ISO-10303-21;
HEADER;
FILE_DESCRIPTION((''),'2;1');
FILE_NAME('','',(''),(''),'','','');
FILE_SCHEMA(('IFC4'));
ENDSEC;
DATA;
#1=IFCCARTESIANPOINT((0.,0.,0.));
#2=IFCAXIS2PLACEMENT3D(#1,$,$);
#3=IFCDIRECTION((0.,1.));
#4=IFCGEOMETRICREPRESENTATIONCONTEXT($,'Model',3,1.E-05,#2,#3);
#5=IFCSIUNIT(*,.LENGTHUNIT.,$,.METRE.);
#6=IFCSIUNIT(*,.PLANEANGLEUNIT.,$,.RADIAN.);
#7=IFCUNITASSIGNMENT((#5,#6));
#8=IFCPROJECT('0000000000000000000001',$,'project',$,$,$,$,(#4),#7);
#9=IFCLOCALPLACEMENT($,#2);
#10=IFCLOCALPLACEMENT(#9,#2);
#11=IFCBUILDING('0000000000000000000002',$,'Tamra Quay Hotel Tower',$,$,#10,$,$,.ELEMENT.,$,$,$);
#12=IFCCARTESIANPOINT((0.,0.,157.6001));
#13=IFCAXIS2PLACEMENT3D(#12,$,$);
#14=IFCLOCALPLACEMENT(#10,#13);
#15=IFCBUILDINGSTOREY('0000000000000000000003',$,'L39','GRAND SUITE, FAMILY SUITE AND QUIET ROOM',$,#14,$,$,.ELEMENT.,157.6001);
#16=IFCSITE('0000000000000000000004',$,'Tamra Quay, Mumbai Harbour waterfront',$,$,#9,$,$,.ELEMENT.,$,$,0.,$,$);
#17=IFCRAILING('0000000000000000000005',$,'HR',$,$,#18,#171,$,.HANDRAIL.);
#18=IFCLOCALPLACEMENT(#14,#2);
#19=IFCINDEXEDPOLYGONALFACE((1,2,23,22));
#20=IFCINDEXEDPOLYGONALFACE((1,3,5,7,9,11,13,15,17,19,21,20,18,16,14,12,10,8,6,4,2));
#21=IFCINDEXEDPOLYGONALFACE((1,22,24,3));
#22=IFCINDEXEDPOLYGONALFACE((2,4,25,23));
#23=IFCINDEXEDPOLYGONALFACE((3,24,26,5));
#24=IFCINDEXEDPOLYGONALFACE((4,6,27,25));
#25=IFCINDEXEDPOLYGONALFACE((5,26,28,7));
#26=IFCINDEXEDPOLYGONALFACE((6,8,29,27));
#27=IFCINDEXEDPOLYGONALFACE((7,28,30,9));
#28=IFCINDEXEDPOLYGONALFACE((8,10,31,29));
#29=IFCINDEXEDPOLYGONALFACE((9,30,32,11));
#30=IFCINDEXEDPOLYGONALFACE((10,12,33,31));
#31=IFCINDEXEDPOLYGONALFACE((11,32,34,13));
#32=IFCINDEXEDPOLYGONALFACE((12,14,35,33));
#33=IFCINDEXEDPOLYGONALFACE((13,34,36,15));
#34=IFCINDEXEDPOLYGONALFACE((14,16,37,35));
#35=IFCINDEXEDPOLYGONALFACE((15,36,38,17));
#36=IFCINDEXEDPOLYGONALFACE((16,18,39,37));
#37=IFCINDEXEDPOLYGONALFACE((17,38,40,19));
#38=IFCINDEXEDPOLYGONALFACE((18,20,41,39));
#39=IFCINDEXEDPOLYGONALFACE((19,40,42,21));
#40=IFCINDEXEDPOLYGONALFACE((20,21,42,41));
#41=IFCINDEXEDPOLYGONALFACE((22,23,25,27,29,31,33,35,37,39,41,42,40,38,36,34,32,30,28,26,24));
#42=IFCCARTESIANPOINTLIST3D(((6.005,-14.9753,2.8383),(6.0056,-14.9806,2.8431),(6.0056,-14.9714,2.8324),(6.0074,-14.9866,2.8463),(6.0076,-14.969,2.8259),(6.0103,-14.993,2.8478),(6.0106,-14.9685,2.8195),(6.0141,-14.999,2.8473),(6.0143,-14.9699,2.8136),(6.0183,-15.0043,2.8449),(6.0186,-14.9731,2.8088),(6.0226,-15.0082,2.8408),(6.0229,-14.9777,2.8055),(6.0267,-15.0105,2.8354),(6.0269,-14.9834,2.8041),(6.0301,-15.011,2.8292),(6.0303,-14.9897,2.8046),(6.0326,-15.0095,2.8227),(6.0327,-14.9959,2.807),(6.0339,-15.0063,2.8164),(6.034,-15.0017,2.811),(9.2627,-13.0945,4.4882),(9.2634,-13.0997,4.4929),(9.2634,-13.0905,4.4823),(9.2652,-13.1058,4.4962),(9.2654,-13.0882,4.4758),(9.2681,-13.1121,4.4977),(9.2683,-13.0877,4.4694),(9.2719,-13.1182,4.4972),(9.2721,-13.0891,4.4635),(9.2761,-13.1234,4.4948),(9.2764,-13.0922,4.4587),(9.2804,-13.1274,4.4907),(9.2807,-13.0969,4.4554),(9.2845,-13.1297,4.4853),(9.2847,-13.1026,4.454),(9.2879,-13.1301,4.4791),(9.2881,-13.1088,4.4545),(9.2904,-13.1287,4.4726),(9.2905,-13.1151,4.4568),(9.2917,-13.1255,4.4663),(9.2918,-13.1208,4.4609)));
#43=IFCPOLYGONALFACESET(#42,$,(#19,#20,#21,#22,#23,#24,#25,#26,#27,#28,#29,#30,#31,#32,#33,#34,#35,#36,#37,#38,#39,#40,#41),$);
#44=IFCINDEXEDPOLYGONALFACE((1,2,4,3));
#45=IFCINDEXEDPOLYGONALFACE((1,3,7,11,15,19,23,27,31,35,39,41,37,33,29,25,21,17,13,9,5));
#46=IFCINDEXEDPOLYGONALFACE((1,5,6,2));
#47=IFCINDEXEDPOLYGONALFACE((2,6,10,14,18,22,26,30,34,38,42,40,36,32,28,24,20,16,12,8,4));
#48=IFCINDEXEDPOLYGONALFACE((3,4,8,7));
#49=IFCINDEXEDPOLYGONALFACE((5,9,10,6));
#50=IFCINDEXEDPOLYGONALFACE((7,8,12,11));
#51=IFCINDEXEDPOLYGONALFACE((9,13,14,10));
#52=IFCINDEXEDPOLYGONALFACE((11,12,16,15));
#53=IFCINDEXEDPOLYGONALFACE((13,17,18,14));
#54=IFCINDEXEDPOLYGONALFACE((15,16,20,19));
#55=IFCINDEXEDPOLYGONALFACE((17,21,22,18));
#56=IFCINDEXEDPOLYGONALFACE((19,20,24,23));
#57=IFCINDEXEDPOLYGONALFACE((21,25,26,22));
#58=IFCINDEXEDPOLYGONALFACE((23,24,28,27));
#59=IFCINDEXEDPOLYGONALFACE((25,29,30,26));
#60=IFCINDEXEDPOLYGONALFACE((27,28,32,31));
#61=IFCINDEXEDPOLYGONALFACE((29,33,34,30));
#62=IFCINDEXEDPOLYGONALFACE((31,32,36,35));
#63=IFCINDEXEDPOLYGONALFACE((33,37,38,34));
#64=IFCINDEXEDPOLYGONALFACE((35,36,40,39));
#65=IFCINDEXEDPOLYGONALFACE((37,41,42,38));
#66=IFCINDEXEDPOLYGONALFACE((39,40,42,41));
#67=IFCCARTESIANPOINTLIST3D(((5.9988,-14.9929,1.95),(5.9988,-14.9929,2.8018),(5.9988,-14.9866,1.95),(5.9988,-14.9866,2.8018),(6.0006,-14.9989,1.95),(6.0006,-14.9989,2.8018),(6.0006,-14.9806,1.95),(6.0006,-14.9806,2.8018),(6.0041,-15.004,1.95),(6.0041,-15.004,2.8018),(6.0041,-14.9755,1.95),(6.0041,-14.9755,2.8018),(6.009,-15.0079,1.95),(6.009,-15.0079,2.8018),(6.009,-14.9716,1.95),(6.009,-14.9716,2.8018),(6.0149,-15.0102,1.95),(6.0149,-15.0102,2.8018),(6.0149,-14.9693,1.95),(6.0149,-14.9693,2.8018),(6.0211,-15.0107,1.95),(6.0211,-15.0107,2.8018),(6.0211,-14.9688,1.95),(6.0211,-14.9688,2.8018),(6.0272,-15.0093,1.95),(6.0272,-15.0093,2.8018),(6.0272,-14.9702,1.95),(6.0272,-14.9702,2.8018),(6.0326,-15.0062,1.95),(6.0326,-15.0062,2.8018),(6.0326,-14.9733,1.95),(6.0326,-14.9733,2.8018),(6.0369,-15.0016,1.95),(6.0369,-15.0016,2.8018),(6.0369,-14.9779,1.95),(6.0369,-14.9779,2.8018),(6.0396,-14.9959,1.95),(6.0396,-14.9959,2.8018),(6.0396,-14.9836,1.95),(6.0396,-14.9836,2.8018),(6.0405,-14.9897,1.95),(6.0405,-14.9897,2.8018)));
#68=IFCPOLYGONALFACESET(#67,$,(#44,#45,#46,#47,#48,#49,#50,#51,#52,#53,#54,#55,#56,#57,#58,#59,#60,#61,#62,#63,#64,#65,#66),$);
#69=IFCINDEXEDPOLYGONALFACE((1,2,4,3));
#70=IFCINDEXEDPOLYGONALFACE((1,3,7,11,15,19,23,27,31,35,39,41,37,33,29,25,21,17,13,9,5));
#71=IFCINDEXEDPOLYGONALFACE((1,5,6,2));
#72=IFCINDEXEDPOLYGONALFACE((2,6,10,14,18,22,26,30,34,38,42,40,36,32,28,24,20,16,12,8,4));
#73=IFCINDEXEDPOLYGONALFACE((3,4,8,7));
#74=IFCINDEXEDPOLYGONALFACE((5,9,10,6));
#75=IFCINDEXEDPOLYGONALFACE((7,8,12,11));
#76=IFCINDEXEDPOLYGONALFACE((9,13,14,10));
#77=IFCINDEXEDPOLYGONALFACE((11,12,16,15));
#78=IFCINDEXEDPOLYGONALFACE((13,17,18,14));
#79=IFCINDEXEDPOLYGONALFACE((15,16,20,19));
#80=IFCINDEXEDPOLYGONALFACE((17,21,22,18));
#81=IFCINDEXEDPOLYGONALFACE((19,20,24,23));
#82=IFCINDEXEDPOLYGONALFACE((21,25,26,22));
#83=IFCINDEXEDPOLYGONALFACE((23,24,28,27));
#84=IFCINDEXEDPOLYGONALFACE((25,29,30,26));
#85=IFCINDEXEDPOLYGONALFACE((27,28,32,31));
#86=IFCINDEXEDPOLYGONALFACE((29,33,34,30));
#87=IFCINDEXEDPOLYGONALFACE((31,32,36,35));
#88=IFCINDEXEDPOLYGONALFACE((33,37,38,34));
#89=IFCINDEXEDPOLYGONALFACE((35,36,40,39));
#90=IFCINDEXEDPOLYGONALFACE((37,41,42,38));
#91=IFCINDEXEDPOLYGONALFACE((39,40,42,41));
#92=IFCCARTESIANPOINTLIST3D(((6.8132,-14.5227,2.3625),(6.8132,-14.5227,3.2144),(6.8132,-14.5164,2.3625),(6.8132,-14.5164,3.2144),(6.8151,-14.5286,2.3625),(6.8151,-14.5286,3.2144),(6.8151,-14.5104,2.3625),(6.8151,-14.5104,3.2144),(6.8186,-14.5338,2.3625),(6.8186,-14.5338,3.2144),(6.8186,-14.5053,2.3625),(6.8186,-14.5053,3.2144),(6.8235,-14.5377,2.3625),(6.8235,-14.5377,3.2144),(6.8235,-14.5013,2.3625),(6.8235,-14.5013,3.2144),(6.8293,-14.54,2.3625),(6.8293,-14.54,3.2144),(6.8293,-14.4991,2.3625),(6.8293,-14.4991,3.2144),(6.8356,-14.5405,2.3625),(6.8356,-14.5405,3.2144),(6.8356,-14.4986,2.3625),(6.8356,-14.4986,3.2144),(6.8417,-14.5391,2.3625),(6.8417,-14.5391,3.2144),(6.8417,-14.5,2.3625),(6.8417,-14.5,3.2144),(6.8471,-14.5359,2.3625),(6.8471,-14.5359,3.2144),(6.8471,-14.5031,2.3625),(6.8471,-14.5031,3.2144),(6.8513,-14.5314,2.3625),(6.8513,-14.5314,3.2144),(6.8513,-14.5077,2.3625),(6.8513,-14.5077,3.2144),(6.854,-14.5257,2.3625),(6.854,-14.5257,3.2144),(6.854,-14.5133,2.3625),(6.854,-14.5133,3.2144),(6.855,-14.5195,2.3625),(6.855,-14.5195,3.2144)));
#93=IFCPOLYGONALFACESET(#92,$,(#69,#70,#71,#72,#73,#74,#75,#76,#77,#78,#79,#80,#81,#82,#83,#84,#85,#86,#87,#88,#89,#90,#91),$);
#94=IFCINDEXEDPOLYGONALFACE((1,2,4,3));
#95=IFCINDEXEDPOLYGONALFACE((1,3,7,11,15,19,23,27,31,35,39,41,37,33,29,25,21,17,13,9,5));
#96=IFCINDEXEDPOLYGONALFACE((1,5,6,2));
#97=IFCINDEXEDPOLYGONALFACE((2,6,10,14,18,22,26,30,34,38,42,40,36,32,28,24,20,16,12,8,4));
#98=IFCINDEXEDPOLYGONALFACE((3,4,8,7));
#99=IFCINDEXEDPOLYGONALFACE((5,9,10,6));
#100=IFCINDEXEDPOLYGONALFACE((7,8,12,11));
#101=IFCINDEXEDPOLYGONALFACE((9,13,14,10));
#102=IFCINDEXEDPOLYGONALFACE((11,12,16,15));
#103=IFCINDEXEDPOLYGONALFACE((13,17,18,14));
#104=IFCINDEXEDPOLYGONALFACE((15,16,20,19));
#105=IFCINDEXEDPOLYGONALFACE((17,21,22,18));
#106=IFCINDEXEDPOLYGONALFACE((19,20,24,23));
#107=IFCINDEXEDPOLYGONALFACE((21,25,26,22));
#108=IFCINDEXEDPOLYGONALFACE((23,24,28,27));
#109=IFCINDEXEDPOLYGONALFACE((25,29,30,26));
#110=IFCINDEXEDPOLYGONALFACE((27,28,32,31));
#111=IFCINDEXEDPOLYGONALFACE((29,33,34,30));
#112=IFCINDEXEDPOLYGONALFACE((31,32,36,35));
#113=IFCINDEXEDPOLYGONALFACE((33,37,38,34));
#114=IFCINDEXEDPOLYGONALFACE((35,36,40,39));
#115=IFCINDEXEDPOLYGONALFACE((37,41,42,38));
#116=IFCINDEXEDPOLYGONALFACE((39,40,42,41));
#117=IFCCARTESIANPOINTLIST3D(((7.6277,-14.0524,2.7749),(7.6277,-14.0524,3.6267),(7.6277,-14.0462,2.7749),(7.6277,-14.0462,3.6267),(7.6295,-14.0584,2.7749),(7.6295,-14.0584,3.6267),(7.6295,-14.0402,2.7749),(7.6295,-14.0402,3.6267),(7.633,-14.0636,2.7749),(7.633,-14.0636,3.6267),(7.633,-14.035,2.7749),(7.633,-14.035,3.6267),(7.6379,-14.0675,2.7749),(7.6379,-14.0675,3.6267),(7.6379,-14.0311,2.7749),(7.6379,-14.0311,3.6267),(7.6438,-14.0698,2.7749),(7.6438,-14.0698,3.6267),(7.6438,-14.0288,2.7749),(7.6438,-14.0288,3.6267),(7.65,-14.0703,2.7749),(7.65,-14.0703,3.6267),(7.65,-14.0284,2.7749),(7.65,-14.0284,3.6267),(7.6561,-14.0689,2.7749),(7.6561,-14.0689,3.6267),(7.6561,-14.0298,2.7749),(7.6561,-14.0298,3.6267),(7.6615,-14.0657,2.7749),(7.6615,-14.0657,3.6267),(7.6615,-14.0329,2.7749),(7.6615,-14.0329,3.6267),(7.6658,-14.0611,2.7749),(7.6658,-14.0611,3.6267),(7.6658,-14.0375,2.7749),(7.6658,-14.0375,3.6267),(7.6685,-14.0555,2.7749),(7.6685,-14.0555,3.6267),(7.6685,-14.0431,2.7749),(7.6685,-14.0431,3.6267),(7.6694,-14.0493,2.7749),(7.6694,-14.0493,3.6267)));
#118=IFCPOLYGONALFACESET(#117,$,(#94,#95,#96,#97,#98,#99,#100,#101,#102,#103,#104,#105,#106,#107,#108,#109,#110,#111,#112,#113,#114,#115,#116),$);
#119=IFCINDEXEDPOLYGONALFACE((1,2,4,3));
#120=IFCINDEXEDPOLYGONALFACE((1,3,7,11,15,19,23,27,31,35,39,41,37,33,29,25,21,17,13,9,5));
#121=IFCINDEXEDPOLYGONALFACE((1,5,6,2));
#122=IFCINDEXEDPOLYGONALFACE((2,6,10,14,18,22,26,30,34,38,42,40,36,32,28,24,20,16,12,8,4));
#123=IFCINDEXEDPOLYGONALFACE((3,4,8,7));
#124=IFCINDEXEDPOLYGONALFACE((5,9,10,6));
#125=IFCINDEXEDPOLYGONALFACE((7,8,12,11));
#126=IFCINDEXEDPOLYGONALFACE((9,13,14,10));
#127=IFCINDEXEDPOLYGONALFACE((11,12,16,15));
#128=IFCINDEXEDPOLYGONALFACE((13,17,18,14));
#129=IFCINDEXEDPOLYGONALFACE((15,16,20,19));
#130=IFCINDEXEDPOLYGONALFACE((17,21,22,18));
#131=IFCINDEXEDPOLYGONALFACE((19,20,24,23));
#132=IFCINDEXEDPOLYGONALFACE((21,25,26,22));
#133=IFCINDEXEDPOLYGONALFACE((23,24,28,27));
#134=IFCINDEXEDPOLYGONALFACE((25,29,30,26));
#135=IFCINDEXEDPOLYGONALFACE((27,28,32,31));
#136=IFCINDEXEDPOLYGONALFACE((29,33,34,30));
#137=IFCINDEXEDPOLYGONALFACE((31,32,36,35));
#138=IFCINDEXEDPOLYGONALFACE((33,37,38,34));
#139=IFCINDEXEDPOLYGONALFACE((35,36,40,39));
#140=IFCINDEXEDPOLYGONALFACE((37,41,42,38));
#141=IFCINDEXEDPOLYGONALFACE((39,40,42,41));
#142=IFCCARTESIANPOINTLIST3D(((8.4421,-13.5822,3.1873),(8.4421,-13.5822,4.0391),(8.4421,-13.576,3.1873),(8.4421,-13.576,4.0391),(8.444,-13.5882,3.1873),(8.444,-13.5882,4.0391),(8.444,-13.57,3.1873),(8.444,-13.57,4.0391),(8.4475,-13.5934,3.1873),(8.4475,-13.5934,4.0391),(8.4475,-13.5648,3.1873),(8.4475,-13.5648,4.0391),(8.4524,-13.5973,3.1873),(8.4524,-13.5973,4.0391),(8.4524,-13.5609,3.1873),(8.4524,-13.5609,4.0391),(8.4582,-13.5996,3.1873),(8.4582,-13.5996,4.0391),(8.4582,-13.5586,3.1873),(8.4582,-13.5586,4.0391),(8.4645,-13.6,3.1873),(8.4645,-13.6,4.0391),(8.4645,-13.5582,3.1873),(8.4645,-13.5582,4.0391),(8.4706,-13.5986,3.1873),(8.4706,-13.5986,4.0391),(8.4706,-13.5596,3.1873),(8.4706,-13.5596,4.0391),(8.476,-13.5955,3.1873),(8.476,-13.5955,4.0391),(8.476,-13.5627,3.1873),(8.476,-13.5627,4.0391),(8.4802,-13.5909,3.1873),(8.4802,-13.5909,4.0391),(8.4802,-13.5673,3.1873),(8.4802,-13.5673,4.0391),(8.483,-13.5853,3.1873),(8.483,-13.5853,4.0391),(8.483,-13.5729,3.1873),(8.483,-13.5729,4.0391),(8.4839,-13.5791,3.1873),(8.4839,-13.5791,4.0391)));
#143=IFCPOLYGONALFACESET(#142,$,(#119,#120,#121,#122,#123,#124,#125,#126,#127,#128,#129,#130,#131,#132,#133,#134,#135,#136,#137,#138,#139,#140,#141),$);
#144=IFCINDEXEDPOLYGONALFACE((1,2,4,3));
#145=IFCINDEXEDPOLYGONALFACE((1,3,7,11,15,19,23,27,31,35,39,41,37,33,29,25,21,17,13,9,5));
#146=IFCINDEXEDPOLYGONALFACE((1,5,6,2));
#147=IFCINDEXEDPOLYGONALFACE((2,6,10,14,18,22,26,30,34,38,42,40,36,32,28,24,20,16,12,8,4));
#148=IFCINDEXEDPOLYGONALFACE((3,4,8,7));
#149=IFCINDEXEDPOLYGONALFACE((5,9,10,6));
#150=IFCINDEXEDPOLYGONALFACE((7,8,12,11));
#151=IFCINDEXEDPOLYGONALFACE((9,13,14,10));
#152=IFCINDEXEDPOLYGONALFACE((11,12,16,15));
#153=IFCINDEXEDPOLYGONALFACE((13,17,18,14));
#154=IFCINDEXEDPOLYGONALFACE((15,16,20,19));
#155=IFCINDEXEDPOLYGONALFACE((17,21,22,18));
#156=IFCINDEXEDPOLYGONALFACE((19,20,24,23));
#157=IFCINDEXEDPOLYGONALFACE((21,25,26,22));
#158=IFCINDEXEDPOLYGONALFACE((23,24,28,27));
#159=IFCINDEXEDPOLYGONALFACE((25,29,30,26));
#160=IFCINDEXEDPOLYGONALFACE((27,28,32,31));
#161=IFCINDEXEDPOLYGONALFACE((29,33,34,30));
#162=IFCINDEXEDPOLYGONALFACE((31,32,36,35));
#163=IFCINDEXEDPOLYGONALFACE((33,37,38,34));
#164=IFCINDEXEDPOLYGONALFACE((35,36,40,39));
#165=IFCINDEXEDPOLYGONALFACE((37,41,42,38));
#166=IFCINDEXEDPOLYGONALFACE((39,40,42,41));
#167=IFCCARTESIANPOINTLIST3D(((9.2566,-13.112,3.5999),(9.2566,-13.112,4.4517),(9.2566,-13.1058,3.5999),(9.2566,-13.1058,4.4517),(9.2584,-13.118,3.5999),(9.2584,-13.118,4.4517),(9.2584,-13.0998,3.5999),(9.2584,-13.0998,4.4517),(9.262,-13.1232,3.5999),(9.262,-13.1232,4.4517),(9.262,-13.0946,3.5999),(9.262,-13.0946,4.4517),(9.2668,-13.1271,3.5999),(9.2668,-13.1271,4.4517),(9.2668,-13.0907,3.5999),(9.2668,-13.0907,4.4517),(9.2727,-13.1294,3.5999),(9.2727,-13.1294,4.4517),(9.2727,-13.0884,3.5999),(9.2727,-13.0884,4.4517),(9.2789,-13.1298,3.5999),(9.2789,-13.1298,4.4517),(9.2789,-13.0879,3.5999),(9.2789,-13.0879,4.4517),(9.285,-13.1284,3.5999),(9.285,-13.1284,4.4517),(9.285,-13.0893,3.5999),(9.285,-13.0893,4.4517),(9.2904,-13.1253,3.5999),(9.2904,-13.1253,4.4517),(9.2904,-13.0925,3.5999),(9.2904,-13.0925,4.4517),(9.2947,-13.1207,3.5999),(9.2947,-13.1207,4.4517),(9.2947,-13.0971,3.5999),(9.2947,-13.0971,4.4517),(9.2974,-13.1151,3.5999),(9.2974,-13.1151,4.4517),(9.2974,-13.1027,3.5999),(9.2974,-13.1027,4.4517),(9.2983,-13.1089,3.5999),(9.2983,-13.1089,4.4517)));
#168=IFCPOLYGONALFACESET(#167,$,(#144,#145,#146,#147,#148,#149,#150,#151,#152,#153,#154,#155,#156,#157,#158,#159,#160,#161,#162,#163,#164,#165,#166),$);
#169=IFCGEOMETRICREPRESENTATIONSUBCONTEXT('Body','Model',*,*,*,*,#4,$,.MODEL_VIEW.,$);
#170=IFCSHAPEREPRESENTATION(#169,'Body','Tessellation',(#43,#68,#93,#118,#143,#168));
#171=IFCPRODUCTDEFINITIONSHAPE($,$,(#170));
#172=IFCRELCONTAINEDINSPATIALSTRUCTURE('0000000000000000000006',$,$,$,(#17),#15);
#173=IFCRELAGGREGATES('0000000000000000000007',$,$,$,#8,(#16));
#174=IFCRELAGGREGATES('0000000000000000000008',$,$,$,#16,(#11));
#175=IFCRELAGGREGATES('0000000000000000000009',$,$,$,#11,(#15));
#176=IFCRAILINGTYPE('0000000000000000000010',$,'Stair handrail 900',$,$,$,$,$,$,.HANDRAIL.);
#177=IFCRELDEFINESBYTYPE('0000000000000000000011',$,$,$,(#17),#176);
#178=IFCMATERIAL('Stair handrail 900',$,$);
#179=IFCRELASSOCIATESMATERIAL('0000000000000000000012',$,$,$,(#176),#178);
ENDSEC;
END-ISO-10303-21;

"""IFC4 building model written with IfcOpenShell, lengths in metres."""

from ifc_helpers import new_model, si_unit, direction, frame, origin, origin_2d, place, context, subcontext, project, spatial, circle, extrude, material, type_object, element, save


model = new_model("IFC4")

# Units and contexts
model_context = context("Model", 3, precision=1e-05, world=origin(), true_north=direction((0.0, 1.0)))
body_context = subcontext(model_context, "Body", "Model", "MODEL_VIEW")
ifc_project = project(units=[si_unit("LENGTHUNIT", "METRE"), si_unit("PLANEANGLEUNIT", "RADIAN")], contexts=[model_context])

# Site, building, storey
site_placement = place(None, origin())
site = spatial("IfcSite", under=ifc_project, at=site_placement, Name="Tamra Quay, Mumbai Harbour waterfront", CompositionType="ELEMENT", RefElevation=0.0)
building_placement = place(site_placement, origin())
building = spatial("IfcBuilding", under=site, at=building_placement, Name="Tamra Quay Hotel Tower", CompositionType="ELEMENT")
storey_placement = place(building_placement, frame((0.0, 0.0, 157.6001)))
storey = spatial("IfcBuildingStorey", under=building, at=storey_placement, Name="L39", Description="GRAND SUITE, FAMILY SUITE AND QUIET ROOM", CompositionType="ELEMENT", Elevation=157.6001)

# Railing
ifc_material_1 = material(Name="Stair handrail 900")
railing_type_1 = type_object("IfcRailingType", Name="Stair handrail 900", PredefinedType="HANDRAIL", material=ifc_material_1)
railing_1_placement = place(storey_placement, frame((6.0195, -14.9897, 1.95)))
element("IfcRailing", 1, at=railing_1_placement, inside=storey, type_object=railing_type_1, Name="HR", PredefinedType="HANDRAIL", context=body_context, shape_type="SweptSolid", body=[
    extrude(circle(Radius=0.0239, at=origin_2d()), frame((0.0, 0.0, 0.876), z_axis=(0.7931, 0.457887, 0.401661), x_axis=(-0.499992, 0.86603, 0.0)), (0.0, 0.0, 1.0), 4.1077),
    extrude(circle(Radius=0.021, at=origin_2d()), origin(), (0.0, 0.0, 1.0), 0.8518),
    extrude(circle(Radius=0.021, at=origin_2d()), frame((0.8145, 0.4702, 0.4126)), (0.0, 0.0, 1.0), 0.8518),
    extrude(circle(Radius=0.021, at=origin_2d()), frame((1.6289, 0.9404, 0.825)), (0.0, 0.0, 1.0), 0.8518),
    extrude(circle(Radius=0.021, at=origin_2d()), frame((2.4434, 1.4106, 1.2373)), (0.0, 0.0, 1.0), 0.8518),
    extrude(circle(Radius=0.021, at=origin_2d()), frame((3.2578, 1.8809, 1.6499)), (0.0, 0.0, 1.0), 0.8518),
])

save(model, "model.ifc")
